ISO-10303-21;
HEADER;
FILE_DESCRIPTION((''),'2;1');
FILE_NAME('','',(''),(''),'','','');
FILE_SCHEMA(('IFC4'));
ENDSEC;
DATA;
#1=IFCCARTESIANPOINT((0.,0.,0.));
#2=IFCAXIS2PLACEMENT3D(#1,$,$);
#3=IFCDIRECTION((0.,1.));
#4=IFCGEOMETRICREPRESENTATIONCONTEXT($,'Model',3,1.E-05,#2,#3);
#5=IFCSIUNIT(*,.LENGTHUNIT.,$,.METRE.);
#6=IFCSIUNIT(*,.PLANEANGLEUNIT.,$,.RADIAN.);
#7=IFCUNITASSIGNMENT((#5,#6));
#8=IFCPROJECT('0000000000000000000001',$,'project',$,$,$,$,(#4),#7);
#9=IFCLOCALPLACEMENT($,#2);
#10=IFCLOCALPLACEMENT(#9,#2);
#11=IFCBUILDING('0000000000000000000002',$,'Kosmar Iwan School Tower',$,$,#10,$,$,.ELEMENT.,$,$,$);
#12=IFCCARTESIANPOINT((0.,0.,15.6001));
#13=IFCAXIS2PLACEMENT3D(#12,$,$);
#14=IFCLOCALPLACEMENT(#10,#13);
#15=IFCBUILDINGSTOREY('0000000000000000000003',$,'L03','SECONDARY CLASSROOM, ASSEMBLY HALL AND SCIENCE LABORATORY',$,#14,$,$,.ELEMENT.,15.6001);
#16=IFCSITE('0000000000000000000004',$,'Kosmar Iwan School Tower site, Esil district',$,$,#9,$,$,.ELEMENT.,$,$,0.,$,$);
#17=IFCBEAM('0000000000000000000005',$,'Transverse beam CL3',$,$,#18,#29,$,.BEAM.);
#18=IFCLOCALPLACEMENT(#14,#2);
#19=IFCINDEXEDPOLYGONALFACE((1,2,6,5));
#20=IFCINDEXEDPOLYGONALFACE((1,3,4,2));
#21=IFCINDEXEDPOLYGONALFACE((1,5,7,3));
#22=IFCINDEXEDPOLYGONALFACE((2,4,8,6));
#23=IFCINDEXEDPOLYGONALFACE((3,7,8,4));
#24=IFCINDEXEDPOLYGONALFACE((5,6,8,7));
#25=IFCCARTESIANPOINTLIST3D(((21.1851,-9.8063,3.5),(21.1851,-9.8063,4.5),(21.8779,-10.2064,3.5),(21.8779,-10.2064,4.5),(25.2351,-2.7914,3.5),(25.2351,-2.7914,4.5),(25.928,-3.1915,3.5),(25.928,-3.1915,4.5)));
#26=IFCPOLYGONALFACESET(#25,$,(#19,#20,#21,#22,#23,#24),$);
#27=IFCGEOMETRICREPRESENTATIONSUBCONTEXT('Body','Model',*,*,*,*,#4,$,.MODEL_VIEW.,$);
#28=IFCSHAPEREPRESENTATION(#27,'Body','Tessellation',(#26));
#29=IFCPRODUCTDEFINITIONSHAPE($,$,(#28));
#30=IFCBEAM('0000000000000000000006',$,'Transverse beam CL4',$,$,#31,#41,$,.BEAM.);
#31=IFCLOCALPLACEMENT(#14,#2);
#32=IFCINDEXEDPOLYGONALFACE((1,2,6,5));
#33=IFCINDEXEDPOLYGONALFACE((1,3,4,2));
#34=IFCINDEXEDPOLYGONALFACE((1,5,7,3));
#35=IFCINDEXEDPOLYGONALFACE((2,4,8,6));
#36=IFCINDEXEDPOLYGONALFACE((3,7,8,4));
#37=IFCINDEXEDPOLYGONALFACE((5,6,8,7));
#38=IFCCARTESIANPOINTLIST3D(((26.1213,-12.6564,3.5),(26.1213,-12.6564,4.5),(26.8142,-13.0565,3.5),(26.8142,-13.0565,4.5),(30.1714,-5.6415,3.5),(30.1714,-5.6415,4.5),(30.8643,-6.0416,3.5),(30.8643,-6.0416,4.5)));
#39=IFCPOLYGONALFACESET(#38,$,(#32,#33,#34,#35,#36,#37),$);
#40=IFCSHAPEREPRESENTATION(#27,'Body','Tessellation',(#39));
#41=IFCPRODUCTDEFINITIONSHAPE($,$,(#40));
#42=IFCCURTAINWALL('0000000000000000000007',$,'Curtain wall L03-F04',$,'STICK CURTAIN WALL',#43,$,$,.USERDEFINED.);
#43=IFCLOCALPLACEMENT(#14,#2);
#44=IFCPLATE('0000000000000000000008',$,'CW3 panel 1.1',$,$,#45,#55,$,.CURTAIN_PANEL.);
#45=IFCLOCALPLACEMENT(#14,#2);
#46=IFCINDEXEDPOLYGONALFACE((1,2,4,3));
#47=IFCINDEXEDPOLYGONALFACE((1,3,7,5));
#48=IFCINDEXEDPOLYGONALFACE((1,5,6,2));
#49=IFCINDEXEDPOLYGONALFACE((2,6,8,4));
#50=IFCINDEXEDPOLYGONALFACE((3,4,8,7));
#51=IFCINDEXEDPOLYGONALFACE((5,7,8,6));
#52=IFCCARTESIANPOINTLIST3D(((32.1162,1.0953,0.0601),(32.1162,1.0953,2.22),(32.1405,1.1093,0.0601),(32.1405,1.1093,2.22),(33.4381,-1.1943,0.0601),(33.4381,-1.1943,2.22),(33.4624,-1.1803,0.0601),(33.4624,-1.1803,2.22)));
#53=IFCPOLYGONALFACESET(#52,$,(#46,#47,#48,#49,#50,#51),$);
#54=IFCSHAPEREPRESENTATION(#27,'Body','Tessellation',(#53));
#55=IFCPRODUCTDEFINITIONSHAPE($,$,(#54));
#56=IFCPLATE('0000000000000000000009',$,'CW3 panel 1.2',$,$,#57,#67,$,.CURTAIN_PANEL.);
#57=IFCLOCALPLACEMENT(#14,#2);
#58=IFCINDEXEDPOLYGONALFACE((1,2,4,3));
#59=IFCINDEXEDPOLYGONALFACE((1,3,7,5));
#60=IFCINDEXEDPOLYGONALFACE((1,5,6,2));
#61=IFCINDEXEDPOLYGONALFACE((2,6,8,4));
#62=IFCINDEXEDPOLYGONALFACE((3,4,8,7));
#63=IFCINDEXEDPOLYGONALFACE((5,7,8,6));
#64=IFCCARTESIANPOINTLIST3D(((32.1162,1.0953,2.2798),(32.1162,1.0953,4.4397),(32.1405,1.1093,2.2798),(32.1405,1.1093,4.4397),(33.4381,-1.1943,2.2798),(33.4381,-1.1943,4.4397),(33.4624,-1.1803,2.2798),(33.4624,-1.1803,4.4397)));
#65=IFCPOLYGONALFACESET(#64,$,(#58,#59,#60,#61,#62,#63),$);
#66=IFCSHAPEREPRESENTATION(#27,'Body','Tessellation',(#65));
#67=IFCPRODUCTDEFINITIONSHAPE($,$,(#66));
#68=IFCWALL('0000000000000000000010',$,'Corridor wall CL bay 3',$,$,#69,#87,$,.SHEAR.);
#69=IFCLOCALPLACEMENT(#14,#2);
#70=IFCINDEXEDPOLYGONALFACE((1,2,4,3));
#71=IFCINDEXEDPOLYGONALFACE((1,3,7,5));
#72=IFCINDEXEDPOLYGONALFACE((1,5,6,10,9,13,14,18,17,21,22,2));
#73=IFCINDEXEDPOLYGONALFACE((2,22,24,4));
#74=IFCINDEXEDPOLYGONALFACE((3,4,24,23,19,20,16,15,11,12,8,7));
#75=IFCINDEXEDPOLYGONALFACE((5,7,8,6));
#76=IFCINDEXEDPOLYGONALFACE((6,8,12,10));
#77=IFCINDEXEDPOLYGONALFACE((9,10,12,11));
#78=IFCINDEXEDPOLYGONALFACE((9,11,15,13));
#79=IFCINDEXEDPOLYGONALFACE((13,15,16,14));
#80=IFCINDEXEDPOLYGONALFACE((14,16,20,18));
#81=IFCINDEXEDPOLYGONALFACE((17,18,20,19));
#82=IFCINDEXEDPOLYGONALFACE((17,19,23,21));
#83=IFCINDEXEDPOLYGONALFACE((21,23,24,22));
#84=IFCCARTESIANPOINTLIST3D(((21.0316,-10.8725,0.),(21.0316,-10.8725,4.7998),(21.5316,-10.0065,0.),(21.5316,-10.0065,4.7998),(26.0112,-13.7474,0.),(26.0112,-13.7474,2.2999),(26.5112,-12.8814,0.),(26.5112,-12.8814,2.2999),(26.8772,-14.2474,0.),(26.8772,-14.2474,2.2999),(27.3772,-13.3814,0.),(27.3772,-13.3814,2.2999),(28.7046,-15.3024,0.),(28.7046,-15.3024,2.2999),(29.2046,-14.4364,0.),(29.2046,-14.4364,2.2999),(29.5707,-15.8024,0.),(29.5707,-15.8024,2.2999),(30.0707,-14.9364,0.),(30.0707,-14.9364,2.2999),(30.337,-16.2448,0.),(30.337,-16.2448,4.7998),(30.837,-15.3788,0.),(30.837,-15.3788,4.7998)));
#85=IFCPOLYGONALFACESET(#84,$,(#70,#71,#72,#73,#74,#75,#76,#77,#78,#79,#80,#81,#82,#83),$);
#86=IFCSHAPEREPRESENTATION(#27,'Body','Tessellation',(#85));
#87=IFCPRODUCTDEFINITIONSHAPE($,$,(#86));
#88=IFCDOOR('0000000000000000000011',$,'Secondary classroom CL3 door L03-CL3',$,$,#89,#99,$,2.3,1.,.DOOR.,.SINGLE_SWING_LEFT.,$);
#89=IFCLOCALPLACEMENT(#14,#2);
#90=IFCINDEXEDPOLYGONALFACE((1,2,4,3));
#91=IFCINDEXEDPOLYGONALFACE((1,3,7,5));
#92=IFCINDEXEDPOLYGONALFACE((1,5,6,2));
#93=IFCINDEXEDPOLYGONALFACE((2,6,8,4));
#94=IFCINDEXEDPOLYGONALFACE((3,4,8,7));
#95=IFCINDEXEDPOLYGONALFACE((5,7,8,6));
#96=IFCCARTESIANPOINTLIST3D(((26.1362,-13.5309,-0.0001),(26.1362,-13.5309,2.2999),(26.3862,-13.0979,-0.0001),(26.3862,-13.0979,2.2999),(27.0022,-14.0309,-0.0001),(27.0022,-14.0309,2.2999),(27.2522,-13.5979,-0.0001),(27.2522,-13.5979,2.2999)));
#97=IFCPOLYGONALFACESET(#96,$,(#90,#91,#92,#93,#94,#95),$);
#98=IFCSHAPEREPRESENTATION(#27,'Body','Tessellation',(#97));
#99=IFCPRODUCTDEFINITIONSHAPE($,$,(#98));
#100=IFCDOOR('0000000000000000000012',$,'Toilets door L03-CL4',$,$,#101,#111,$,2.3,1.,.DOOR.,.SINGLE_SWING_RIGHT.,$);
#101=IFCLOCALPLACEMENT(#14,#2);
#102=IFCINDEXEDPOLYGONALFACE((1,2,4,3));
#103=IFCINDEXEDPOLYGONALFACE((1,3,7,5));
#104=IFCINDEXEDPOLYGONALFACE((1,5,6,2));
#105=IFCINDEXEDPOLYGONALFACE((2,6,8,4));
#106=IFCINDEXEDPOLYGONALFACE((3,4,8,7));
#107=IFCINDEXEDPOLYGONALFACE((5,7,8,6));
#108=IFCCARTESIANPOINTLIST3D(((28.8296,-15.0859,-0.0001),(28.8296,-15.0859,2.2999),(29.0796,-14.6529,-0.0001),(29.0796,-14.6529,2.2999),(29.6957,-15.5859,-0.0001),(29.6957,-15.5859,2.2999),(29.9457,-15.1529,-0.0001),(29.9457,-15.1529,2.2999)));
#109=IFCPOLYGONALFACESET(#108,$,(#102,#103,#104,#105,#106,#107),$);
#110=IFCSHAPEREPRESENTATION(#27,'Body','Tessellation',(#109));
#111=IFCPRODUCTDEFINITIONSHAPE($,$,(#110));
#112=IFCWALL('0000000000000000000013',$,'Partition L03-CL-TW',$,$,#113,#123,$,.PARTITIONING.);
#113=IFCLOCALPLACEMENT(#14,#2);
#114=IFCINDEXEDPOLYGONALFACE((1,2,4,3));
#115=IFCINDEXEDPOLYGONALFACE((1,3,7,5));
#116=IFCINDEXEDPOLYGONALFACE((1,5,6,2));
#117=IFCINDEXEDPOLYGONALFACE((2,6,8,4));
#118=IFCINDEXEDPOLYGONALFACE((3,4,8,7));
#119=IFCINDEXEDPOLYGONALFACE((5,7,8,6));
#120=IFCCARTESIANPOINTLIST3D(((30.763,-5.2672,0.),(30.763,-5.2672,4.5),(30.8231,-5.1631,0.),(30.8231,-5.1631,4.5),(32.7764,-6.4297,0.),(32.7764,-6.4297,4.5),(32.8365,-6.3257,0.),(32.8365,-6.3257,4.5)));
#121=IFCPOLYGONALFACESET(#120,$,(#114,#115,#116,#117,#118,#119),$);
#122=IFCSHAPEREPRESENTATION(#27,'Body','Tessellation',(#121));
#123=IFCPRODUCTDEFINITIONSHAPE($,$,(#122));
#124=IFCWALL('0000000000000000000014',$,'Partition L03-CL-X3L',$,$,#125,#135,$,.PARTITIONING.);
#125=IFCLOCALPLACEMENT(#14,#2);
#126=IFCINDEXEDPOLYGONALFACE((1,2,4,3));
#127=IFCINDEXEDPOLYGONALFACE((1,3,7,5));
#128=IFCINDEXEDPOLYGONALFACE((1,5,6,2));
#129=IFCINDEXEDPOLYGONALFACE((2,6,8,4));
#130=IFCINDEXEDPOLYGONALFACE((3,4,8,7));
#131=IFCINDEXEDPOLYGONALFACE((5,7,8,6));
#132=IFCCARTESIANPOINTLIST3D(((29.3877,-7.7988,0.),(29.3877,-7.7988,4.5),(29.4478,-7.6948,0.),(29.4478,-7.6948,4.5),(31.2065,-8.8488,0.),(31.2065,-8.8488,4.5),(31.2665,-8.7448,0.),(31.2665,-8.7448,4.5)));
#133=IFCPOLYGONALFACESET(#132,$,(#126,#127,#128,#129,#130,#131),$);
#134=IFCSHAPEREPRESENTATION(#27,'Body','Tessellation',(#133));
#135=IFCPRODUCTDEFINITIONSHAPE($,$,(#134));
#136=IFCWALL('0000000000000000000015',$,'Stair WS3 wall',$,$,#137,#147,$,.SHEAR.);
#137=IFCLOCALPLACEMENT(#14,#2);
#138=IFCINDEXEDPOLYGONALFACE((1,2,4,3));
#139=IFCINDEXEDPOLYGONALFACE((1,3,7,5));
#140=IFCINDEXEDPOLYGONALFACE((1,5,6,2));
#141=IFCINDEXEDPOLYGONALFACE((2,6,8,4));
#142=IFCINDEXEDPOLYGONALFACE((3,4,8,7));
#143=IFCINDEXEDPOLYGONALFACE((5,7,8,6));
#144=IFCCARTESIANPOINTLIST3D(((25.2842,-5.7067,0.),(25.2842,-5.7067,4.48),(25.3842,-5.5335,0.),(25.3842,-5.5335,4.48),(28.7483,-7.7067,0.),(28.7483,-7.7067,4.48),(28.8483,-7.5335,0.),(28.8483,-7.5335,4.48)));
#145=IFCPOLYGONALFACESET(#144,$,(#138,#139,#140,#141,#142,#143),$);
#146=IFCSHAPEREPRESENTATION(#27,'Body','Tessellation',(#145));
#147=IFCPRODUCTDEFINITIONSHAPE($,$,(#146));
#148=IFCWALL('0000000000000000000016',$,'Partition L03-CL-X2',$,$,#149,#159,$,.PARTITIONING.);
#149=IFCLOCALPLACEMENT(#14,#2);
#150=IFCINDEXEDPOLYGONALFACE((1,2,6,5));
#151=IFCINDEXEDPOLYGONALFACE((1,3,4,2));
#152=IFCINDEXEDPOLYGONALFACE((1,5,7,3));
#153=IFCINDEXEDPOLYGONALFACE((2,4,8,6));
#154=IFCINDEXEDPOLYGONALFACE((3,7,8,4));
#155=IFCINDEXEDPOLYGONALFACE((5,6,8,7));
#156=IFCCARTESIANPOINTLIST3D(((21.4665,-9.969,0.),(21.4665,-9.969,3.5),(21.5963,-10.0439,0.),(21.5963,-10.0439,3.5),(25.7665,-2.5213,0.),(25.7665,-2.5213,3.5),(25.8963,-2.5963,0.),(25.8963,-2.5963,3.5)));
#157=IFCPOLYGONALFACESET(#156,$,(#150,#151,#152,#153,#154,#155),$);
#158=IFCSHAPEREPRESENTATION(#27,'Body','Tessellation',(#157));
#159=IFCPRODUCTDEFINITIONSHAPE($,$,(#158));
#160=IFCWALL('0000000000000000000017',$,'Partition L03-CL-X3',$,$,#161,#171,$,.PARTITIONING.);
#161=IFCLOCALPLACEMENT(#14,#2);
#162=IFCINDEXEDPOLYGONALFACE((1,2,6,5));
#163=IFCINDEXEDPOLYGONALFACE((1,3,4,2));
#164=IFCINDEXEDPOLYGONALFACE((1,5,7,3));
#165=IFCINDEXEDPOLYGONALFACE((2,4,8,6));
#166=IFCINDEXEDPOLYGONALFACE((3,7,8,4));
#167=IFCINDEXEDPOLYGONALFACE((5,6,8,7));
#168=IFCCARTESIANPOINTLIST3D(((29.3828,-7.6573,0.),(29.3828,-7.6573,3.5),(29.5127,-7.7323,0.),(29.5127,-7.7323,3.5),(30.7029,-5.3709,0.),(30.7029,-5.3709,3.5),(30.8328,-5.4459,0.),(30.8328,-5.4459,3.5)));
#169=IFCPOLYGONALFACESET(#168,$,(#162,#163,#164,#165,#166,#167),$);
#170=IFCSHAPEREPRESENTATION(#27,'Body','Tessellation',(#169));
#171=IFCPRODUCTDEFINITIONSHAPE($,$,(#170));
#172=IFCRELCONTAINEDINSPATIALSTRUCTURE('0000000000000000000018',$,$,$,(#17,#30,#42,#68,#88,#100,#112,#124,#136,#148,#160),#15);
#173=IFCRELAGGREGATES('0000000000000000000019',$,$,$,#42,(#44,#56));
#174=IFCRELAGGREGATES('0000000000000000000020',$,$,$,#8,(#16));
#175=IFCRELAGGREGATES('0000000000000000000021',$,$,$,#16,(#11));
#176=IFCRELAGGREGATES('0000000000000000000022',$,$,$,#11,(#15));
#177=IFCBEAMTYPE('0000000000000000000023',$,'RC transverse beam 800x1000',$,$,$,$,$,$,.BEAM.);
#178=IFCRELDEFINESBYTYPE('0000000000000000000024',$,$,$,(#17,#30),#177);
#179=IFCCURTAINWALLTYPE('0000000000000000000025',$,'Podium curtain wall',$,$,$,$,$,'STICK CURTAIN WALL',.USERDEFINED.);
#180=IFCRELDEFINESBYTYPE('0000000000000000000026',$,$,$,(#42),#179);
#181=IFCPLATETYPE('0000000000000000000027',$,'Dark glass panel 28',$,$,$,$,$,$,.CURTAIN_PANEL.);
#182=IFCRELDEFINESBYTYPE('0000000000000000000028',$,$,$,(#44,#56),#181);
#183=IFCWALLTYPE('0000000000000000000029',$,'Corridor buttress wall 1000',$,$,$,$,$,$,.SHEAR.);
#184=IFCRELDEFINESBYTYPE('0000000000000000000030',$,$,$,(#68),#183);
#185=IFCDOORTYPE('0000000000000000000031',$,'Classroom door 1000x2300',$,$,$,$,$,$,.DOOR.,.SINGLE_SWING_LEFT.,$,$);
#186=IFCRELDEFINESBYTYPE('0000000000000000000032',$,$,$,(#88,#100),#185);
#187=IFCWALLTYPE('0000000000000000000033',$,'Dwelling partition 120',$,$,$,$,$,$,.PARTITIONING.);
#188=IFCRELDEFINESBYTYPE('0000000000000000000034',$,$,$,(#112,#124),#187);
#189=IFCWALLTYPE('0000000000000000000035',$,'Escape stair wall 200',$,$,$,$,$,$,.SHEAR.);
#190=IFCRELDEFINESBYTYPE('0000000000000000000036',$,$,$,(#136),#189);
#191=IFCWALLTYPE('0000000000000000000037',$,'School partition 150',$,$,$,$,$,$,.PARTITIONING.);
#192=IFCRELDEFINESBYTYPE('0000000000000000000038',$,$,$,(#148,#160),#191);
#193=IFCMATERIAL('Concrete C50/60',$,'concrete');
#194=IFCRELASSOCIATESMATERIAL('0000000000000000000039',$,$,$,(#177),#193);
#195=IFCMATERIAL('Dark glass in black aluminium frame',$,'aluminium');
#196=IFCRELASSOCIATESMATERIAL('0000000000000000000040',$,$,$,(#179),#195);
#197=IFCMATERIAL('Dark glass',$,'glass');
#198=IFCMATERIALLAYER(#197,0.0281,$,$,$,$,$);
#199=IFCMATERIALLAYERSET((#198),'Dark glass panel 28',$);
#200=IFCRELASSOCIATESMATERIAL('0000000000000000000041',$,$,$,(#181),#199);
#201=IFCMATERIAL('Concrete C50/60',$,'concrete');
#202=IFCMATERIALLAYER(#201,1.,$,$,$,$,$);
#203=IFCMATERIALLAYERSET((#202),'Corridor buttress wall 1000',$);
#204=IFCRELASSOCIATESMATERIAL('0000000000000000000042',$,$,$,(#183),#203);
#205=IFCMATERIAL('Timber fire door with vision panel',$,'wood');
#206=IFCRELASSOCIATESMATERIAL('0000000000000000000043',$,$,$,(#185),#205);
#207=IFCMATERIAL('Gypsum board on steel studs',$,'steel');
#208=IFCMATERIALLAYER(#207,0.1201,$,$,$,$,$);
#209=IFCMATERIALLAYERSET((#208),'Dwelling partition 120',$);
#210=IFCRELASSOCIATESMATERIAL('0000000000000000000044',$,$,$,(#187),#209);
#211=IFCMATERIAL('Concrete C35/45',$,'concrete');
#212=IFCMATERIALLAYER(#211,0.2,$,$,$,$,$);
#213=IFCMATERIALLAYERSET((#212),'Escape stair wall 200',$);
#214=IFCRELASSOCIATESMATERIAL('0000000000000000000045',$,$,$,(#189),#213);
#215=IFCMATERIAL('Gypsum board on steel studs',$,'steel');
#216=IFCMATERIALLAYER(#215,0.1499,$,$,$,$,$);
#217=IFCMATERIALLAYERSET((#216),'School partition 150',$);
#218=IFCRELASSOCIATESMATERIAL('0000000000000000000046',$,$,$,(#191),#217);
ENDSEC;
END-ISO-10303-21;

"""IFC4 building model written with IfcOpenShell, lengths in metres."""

from ifc_helpers import new_model, si_unit, direction, frame, frame_2d, origin, origin_2d, place, context, subcontext, project, spatial, rectangle, extrude, material, layer, layer_set, material_profile, profile_set, type_object, element, fill, aggregate, save


model = new_model("IFC4")

# Units and contexts
model_context = context("Model", 3, precision=1e-05, world=origin(), true_north=direction((0.0, 1.0)))
body_context = subcontext(model_context, "Body", "Model", "MODEL_VIEW")
ifc_project = project(units=[si_unit("LENGTHUNIT", "METRE"), si_unit("PLANEANGLEUNIT", "RADIAN")], contexts=[model_context])

# Site, building, storey
site_placement = place(None, origin())
site = spatial("IfcSite", under=ifc_project, at=site_placement, Name="Kosmar Iwan School Tower site, Esil district", CompositionType="ELEMENT", RefElevation=0.0)
building_placement = place(site_placement, origin())
building = spatial("IfcBuilding", under=site, at=building_placement, Name="Kosmar Iwan School Tower", CompositionType="ELEMENT")
storey_placement = place(building_placement, frame((0.0, 0.0, 15.6001)))
storey = spatial("IfcBuildingStorey", under=building, at=storey_placement, Name="L03", Description="SECONDARY CLASSROOM, ASSEMBLY HALL AND SCIENCE LABORATORY", CompositionType="ELEMENT", Elevation=15.6001)

# Beams
ifc_material_1 = material(Name="Concrete C50/60", Category="concrete")
ifc_material_profile_1 = material_profile(ifc_material_1, rectangle(XDim=0.8, YDim=1.0, at=origin_2d()), Name="RC 800x1000")
ifc_profile_set_1 = profile_set([ifc_material_profile_1], Name="Concrete C50/60")
beam_type_1 = type_object("IfcBeamType", Name="RC transverse beam 800x1000", PredefinedType="BEAM", material=ifc_profile_set_1)
for number, where, z_axis, x_axis, name in (
    (1, (25.5815, -2.9915, 4.0), (-0.5, -0.866025, 0.0), (0.866025, -0.5, 0.0), "Transverse beam CL3"),
    (2, (30.5178, -5.8416, 4.0), (-0.5, -0.866025, 0.0), (0.866025, -0.5, 0.0), "Transverse beam CL4"),
):
    element("IfcBeam", number, at=place(storey_placement, frame(where, z_axis=z_axis, x_axis=x_axis)), inside=storey, type_object=beam_type_1, Name=name, PredefinedType="BEAM", context=body_context, shape_type="SweptSolid", body=[
        extrude(rectangle(XDim=0.8, YDim=1.0, at=origin_2d()), origin(), (0.0, 0.0, 1.0), 8.1001),
    ])

# Curtain wall, plates
ifc_material_2 = material(Name="Dark glass in black aluminium frame", Category="aluminium")
curtain_wall_type = type_object("IfcCurtainWallType", Name="Podium curtain wall", ElementType="STICK CURTAIN WALL", PredefinedType="USERDEFINED", material=ifc_material_2)
curtain_wall_placement = place(storey_placement, origin())
curtain_wall = element("IfcCurtainWall", 3, at=curtain_wall_placement, inside=storey, type_object=curtain_wall_type, Name="Curtain wall L03-F04", ObjectType="STICK CURTAIN WALL", PredefinedType="USERDEFINED")
ifc_material_3 = material(Name="Dark glass", Category="glass")
ifc_layer_1 = layer(ifc_material_3, 0.0281)
ifc_layer_set_1 = layer_set([ifc_layer_1], Name="Dark glass panel 28")
plate_type = type_object("IfcPlateType", Name="Dark glass panel 28", PredefinedType="CURTAIN_PANEL", material=ifc_layer_set_1)
plate_1_placement = place(storey_placement, frame((32.7893, -0.0425, 0.0601), z_axis=(0.0, 0.0, 1.0), x_axis=(-0.5, 0.866025, 0.0)))
plate_1 = element("IfcPlate", 4, at=plate_1_placement, type_object=plate_type, Name="CW3 panel 1.1", PredefinedType="CURTAIN_PANEL", context=body_context, shape_type="SweptSolid", body=[
    extrude(rectangle(XDim=2.6438, YDim=0.0281, at=origin_2d()), origin(), (0.0, 0.0, 1.0), 2.1599),
])
plate_2_placement = place(storey_placement, frame((32.7893, -0.0425, 2.2798), z_axis=(0.0, 0.0, 1.0), x_axis=(-0.5, 0.866025, 0.0)))
plate_2 = element("IfcPlate", 5, at=plate_2_placement, type_object=plate_type, Name="CW3 panel 1.2", PredefinedType="CURTAIN_PANEL", context=body_context, shape_type="SweptSolid", body=[
    extrude(rectangle(XDim=2.6438, YDim=0.0281, at=origin_2d()), origin(), (0.0, 0.0, 1.0), 2.1599),
])
aggregate(curtain_wall, [plate_1, plate_2])

# Wall, openings, doors
ifc_material_4 = material(Name="Concrete C50/60", Category="concrete")
ifc_layer_2 = layer(ifc_material_4, 1.0)
ifc_layer_set_2 = layer_set([ifc_layer_2], Name="Corridor buttress wall 1000")
wall_type_1 = type_object("IfcWallType", Name="Corridor buttress wall 1000", PredefinedType="SHEAR", material=ifc_layer_set_2)
wall_1_placement = place(storey_placement, frame((21.2815, -10.4395, 0.0), z_axis=(0.0, 0.0, 1.0), x_axis=(0.866032, -0.499988, 0.0)))
wall_1 = element("IfcWall", 6, at=wall_1_placement, inside=storey, type_object=wall_type_1, Name="Corridor wall CL bay 3", PredefinedType="SHEAR", context=body_context, shape_type="SweptSolid", body=[
    extrude(rectangle(XDim=10.7449, YDim=1.0, at=frame_2d((5.3726, 0.0))), origin(), (0.0, 0.0, 1.0), 4.7998),
])
opening_1_placement = place(wall_1_placement, frame((5.75, 0.0, 0.0)))
opening_1 = element("IfcOpeningElement", 7, at=opening_1_placement, cuts=wall_1, PredefinedType="OPENING", context=body_context, shape_type="SweptSolid", body=[
    extrude(rectangle(XDim=1.0, YDim=2.3, at=frame_2d((0.5, 1.1499))), frame((0.0, 0.512, 0.0), z_axis=(0.0, -1.0, 0.0), x_axis=(1.0, 0.0, 0.0)), (0.0, 0.0, 1.0), 1.0239),
])
opening_2_placement = place(wall_1_placement, frame((8.8601, 0.0, 0.0)))
opening_2 = element("IfcOpeningElement", 8, at=opening_2_placement, cuts=wall_1, PredefinedType="OPENING", context=body_context, shape_type="SweptSolid", body=[
    extrude(rectangle(XDim=1.0, YDim=2.3, at=frame_2d((0.5, 1.1499))), frame((0.0, 0.512, 0.0), z_axis=(0.0, -1.0, 0.0), x_axis=(1.0, 0.0, 0.0)), (0.0, 0.0, 1.0), 1.0239),
])
ifc_material_5 = material(Name="Timber fire door with vision panel", Category="wood")
door_type = type_object("IfcDoorType", Name="Classroom door 1000x2300", OperationType="SINGLE_SWING_LEFT", PredefinedType="DOOR", material=ifc_material_5)
door_1_placement = place(opening_1_placement, origin())
door_1 = element("IfcDoor", 9, at=door_1_placement, inside=storey, type_object=door_type, Name="Secondary classroom CL3 door L03-CL3", OperationType="SINGLE_SWING_LEFT", OverallHeight=2.3, OverallWidth=1.0, PredefinedType="DOOR", context=body_context, shape_type="SweptSolid", body=[
    extrude(rectangle(XDim=1.0, YDim=2.3, at=frame_2d((0.5, 1.1499))), frame((0.0, 0.25, 0.0), z_axis=(0.0, -1.0, 0.0), x_axis=(1.0, 0.0, 0.0)), (0.0, 0.0, 1.0), 0.5),
])
fill(opening_1, door_1)
door_2_placement = place(opening_2_placement, origin())
door_2 = element("IfcDoor", 10, at=door_2_placement, inside=storey, type_object=door_type, Name="Toilets door L03-CL4", OperationType="SINGLE_SWING_RIGHT", OverallHeight=2.3, OverallWidth=1.0, PredefinedType="DOOR", context=body_context, shape_type="SweptSolid", body=[
    extrude(rectangle(XDim=1.0, YDim=2.3, at=frame_2d((0.5, 1.1499))), frame((0.0, 0.25, 0.0), z_axis=(0.0, -1.0, 0.0), x_axis=(1.0, 0.0, 0.0)), (0.0, 0.0, 1.0), 0.5),
])
fill(opening_2, door_2)

# Walls
ifc_material_6 = material(Name="Gypsum board on steel studs", Category="steel")
ifc_layer_3 = layer(ifc_material_6, 0.1201)
ifc_layer_set_3 = layer_set([ifc_layer_3], Name="Dwelling partition 120")
wall_type_2 = type_object("IfcWallType", Name="Dwelling partition 120", PredefinedType="PARTITIONING", material=ifc_layer_set_3)
wall_2_placement = place(storey_placement, frame((30.793, -5.2151, 0.0), z_axis=(0.0, 0.0, 1.0), x_axis=(0.865998, -0.500047, 0.0)))
element("IfcWall", 11, at=wall_2_placement, inside=storey, type_object=wall_type_2, Name="Partition L03-CL-TW", PredefinedType="PARTITIONING", context=body_context, shape_type="SweptSolid", body=[
    extrude(rectangle(XDim=2.325, YDim=0.1201, at=frame_2d((1.1626, 0.0))), origin(), (0.0, 0.0, 1.0), 4.5),
])
wall_3_placement = place(storey_placement, frame((29.4177, -7.7468, 0.0), z_axis=(0.0, 0.0, 1.0), x_axis=(0.866038, -0.499977, 0.0)))
element("IfcWall", 12, at=wall_3_placement, inside=storey, type_object=wall_type_2, Name="Partition L03-CL-X3L", PredefinedType="PARTITIONING", context=body_context, shape_type="SweptSolid", body=[
    extrude(rectangle(XDim=2.1001, YDim=0.1201, at=frame_2d((1.05, 0.0))), origin(), (0.0, 0.0, 1.0), 4.5),
])
ifc_material_7 = material(Name="Concrete C35/45", Category="concrete")
ifc_layer_4 = layer(ifc_material_7, 0.2)
ifc_layer_set_4 = layer_set([ifc_layer_4], Name="Escape stair wall 200")
wall_type_3 = type_object("IfcWallType", Name="Escape stair wall 200", PredefinedType="SHEAR", material=ifc_layer_set_4)
wall_4_placement = place(storey_placement, frame((25.3342, -5.6201, 0.0), z_axis=(0.0, 0.0, 1.0), x_axis=(0.866026, -0.499999, 0.0)))
element("IfcWall", 13, at=wall_4_placement, inside=storey, type_object=wall_type_3, Name="Stair WS3 wall", PredefinedType="SHEAR", context=body_context, shape_type="SweptSolid", body=[
    extrude(rectangle(XDim=4.0, YDim=0.2, at=frame_2d((2.0, 0.0))), origin(), (0.0, 0.0, 1.0), 4.48),
])
ifc_material_8 = material(Name="Gypsum board on steel studs", Category="steel")
ifc_layer_5 = layer(ifc_material_8, 0.1499)
ifc_layer_set_5 = layer_set([ifc_layer_5], Name="School partition 150")
wall_type_4 = type_object("IfcWallType", Name="School partition 150", PredefinedType="PARTITIONING", material=ifc_layer_set_5)
wall_5_placement = place(storey_placement, frame((21.5315, -10.0063, 0.0), z_axis=(0.0, 0.0, 1.0), x_axis=(0.500008, 0.866021, 0.0)))
element("IfcWall", 14, at=wall_5_placement, inside=storey, type_object=wall_type_4, Name="Partition L03-CL-X2", PredefinedType="PARTITIONING", context=body_context, shape_type="SweptSolid", body=[
    extrude(rectangle(XDim=8.5999, YDim=0.1499, at=frame_2d((4.2998, 0.0))), origin(), (0.0, 0.0, 1.0), 3.5),
])
wall_6_placement = place(storey_placement, frame((29.4478, -7.6948, 0.0), z_axis=(0.0, 0.0, 1.0), x_axis=(0.500008, 0.866021, 0.0)))
element("IfcWall", 15, at=wall_6_placement, inside=storey, type_object=wall_type_4, Name="Partition L03-CL-X3", PredefinedType="PARTITIONING", context=body_context, shape_type="SweptSolid", body=[
    extrude(rectangle(XDim=2.6401, YDim=0.1499, at=frame_2d((1.3201, 0.0))), origin(), (0.0, 0.0, 1.0), 3.5),
])

save(model, "model.ifc")
